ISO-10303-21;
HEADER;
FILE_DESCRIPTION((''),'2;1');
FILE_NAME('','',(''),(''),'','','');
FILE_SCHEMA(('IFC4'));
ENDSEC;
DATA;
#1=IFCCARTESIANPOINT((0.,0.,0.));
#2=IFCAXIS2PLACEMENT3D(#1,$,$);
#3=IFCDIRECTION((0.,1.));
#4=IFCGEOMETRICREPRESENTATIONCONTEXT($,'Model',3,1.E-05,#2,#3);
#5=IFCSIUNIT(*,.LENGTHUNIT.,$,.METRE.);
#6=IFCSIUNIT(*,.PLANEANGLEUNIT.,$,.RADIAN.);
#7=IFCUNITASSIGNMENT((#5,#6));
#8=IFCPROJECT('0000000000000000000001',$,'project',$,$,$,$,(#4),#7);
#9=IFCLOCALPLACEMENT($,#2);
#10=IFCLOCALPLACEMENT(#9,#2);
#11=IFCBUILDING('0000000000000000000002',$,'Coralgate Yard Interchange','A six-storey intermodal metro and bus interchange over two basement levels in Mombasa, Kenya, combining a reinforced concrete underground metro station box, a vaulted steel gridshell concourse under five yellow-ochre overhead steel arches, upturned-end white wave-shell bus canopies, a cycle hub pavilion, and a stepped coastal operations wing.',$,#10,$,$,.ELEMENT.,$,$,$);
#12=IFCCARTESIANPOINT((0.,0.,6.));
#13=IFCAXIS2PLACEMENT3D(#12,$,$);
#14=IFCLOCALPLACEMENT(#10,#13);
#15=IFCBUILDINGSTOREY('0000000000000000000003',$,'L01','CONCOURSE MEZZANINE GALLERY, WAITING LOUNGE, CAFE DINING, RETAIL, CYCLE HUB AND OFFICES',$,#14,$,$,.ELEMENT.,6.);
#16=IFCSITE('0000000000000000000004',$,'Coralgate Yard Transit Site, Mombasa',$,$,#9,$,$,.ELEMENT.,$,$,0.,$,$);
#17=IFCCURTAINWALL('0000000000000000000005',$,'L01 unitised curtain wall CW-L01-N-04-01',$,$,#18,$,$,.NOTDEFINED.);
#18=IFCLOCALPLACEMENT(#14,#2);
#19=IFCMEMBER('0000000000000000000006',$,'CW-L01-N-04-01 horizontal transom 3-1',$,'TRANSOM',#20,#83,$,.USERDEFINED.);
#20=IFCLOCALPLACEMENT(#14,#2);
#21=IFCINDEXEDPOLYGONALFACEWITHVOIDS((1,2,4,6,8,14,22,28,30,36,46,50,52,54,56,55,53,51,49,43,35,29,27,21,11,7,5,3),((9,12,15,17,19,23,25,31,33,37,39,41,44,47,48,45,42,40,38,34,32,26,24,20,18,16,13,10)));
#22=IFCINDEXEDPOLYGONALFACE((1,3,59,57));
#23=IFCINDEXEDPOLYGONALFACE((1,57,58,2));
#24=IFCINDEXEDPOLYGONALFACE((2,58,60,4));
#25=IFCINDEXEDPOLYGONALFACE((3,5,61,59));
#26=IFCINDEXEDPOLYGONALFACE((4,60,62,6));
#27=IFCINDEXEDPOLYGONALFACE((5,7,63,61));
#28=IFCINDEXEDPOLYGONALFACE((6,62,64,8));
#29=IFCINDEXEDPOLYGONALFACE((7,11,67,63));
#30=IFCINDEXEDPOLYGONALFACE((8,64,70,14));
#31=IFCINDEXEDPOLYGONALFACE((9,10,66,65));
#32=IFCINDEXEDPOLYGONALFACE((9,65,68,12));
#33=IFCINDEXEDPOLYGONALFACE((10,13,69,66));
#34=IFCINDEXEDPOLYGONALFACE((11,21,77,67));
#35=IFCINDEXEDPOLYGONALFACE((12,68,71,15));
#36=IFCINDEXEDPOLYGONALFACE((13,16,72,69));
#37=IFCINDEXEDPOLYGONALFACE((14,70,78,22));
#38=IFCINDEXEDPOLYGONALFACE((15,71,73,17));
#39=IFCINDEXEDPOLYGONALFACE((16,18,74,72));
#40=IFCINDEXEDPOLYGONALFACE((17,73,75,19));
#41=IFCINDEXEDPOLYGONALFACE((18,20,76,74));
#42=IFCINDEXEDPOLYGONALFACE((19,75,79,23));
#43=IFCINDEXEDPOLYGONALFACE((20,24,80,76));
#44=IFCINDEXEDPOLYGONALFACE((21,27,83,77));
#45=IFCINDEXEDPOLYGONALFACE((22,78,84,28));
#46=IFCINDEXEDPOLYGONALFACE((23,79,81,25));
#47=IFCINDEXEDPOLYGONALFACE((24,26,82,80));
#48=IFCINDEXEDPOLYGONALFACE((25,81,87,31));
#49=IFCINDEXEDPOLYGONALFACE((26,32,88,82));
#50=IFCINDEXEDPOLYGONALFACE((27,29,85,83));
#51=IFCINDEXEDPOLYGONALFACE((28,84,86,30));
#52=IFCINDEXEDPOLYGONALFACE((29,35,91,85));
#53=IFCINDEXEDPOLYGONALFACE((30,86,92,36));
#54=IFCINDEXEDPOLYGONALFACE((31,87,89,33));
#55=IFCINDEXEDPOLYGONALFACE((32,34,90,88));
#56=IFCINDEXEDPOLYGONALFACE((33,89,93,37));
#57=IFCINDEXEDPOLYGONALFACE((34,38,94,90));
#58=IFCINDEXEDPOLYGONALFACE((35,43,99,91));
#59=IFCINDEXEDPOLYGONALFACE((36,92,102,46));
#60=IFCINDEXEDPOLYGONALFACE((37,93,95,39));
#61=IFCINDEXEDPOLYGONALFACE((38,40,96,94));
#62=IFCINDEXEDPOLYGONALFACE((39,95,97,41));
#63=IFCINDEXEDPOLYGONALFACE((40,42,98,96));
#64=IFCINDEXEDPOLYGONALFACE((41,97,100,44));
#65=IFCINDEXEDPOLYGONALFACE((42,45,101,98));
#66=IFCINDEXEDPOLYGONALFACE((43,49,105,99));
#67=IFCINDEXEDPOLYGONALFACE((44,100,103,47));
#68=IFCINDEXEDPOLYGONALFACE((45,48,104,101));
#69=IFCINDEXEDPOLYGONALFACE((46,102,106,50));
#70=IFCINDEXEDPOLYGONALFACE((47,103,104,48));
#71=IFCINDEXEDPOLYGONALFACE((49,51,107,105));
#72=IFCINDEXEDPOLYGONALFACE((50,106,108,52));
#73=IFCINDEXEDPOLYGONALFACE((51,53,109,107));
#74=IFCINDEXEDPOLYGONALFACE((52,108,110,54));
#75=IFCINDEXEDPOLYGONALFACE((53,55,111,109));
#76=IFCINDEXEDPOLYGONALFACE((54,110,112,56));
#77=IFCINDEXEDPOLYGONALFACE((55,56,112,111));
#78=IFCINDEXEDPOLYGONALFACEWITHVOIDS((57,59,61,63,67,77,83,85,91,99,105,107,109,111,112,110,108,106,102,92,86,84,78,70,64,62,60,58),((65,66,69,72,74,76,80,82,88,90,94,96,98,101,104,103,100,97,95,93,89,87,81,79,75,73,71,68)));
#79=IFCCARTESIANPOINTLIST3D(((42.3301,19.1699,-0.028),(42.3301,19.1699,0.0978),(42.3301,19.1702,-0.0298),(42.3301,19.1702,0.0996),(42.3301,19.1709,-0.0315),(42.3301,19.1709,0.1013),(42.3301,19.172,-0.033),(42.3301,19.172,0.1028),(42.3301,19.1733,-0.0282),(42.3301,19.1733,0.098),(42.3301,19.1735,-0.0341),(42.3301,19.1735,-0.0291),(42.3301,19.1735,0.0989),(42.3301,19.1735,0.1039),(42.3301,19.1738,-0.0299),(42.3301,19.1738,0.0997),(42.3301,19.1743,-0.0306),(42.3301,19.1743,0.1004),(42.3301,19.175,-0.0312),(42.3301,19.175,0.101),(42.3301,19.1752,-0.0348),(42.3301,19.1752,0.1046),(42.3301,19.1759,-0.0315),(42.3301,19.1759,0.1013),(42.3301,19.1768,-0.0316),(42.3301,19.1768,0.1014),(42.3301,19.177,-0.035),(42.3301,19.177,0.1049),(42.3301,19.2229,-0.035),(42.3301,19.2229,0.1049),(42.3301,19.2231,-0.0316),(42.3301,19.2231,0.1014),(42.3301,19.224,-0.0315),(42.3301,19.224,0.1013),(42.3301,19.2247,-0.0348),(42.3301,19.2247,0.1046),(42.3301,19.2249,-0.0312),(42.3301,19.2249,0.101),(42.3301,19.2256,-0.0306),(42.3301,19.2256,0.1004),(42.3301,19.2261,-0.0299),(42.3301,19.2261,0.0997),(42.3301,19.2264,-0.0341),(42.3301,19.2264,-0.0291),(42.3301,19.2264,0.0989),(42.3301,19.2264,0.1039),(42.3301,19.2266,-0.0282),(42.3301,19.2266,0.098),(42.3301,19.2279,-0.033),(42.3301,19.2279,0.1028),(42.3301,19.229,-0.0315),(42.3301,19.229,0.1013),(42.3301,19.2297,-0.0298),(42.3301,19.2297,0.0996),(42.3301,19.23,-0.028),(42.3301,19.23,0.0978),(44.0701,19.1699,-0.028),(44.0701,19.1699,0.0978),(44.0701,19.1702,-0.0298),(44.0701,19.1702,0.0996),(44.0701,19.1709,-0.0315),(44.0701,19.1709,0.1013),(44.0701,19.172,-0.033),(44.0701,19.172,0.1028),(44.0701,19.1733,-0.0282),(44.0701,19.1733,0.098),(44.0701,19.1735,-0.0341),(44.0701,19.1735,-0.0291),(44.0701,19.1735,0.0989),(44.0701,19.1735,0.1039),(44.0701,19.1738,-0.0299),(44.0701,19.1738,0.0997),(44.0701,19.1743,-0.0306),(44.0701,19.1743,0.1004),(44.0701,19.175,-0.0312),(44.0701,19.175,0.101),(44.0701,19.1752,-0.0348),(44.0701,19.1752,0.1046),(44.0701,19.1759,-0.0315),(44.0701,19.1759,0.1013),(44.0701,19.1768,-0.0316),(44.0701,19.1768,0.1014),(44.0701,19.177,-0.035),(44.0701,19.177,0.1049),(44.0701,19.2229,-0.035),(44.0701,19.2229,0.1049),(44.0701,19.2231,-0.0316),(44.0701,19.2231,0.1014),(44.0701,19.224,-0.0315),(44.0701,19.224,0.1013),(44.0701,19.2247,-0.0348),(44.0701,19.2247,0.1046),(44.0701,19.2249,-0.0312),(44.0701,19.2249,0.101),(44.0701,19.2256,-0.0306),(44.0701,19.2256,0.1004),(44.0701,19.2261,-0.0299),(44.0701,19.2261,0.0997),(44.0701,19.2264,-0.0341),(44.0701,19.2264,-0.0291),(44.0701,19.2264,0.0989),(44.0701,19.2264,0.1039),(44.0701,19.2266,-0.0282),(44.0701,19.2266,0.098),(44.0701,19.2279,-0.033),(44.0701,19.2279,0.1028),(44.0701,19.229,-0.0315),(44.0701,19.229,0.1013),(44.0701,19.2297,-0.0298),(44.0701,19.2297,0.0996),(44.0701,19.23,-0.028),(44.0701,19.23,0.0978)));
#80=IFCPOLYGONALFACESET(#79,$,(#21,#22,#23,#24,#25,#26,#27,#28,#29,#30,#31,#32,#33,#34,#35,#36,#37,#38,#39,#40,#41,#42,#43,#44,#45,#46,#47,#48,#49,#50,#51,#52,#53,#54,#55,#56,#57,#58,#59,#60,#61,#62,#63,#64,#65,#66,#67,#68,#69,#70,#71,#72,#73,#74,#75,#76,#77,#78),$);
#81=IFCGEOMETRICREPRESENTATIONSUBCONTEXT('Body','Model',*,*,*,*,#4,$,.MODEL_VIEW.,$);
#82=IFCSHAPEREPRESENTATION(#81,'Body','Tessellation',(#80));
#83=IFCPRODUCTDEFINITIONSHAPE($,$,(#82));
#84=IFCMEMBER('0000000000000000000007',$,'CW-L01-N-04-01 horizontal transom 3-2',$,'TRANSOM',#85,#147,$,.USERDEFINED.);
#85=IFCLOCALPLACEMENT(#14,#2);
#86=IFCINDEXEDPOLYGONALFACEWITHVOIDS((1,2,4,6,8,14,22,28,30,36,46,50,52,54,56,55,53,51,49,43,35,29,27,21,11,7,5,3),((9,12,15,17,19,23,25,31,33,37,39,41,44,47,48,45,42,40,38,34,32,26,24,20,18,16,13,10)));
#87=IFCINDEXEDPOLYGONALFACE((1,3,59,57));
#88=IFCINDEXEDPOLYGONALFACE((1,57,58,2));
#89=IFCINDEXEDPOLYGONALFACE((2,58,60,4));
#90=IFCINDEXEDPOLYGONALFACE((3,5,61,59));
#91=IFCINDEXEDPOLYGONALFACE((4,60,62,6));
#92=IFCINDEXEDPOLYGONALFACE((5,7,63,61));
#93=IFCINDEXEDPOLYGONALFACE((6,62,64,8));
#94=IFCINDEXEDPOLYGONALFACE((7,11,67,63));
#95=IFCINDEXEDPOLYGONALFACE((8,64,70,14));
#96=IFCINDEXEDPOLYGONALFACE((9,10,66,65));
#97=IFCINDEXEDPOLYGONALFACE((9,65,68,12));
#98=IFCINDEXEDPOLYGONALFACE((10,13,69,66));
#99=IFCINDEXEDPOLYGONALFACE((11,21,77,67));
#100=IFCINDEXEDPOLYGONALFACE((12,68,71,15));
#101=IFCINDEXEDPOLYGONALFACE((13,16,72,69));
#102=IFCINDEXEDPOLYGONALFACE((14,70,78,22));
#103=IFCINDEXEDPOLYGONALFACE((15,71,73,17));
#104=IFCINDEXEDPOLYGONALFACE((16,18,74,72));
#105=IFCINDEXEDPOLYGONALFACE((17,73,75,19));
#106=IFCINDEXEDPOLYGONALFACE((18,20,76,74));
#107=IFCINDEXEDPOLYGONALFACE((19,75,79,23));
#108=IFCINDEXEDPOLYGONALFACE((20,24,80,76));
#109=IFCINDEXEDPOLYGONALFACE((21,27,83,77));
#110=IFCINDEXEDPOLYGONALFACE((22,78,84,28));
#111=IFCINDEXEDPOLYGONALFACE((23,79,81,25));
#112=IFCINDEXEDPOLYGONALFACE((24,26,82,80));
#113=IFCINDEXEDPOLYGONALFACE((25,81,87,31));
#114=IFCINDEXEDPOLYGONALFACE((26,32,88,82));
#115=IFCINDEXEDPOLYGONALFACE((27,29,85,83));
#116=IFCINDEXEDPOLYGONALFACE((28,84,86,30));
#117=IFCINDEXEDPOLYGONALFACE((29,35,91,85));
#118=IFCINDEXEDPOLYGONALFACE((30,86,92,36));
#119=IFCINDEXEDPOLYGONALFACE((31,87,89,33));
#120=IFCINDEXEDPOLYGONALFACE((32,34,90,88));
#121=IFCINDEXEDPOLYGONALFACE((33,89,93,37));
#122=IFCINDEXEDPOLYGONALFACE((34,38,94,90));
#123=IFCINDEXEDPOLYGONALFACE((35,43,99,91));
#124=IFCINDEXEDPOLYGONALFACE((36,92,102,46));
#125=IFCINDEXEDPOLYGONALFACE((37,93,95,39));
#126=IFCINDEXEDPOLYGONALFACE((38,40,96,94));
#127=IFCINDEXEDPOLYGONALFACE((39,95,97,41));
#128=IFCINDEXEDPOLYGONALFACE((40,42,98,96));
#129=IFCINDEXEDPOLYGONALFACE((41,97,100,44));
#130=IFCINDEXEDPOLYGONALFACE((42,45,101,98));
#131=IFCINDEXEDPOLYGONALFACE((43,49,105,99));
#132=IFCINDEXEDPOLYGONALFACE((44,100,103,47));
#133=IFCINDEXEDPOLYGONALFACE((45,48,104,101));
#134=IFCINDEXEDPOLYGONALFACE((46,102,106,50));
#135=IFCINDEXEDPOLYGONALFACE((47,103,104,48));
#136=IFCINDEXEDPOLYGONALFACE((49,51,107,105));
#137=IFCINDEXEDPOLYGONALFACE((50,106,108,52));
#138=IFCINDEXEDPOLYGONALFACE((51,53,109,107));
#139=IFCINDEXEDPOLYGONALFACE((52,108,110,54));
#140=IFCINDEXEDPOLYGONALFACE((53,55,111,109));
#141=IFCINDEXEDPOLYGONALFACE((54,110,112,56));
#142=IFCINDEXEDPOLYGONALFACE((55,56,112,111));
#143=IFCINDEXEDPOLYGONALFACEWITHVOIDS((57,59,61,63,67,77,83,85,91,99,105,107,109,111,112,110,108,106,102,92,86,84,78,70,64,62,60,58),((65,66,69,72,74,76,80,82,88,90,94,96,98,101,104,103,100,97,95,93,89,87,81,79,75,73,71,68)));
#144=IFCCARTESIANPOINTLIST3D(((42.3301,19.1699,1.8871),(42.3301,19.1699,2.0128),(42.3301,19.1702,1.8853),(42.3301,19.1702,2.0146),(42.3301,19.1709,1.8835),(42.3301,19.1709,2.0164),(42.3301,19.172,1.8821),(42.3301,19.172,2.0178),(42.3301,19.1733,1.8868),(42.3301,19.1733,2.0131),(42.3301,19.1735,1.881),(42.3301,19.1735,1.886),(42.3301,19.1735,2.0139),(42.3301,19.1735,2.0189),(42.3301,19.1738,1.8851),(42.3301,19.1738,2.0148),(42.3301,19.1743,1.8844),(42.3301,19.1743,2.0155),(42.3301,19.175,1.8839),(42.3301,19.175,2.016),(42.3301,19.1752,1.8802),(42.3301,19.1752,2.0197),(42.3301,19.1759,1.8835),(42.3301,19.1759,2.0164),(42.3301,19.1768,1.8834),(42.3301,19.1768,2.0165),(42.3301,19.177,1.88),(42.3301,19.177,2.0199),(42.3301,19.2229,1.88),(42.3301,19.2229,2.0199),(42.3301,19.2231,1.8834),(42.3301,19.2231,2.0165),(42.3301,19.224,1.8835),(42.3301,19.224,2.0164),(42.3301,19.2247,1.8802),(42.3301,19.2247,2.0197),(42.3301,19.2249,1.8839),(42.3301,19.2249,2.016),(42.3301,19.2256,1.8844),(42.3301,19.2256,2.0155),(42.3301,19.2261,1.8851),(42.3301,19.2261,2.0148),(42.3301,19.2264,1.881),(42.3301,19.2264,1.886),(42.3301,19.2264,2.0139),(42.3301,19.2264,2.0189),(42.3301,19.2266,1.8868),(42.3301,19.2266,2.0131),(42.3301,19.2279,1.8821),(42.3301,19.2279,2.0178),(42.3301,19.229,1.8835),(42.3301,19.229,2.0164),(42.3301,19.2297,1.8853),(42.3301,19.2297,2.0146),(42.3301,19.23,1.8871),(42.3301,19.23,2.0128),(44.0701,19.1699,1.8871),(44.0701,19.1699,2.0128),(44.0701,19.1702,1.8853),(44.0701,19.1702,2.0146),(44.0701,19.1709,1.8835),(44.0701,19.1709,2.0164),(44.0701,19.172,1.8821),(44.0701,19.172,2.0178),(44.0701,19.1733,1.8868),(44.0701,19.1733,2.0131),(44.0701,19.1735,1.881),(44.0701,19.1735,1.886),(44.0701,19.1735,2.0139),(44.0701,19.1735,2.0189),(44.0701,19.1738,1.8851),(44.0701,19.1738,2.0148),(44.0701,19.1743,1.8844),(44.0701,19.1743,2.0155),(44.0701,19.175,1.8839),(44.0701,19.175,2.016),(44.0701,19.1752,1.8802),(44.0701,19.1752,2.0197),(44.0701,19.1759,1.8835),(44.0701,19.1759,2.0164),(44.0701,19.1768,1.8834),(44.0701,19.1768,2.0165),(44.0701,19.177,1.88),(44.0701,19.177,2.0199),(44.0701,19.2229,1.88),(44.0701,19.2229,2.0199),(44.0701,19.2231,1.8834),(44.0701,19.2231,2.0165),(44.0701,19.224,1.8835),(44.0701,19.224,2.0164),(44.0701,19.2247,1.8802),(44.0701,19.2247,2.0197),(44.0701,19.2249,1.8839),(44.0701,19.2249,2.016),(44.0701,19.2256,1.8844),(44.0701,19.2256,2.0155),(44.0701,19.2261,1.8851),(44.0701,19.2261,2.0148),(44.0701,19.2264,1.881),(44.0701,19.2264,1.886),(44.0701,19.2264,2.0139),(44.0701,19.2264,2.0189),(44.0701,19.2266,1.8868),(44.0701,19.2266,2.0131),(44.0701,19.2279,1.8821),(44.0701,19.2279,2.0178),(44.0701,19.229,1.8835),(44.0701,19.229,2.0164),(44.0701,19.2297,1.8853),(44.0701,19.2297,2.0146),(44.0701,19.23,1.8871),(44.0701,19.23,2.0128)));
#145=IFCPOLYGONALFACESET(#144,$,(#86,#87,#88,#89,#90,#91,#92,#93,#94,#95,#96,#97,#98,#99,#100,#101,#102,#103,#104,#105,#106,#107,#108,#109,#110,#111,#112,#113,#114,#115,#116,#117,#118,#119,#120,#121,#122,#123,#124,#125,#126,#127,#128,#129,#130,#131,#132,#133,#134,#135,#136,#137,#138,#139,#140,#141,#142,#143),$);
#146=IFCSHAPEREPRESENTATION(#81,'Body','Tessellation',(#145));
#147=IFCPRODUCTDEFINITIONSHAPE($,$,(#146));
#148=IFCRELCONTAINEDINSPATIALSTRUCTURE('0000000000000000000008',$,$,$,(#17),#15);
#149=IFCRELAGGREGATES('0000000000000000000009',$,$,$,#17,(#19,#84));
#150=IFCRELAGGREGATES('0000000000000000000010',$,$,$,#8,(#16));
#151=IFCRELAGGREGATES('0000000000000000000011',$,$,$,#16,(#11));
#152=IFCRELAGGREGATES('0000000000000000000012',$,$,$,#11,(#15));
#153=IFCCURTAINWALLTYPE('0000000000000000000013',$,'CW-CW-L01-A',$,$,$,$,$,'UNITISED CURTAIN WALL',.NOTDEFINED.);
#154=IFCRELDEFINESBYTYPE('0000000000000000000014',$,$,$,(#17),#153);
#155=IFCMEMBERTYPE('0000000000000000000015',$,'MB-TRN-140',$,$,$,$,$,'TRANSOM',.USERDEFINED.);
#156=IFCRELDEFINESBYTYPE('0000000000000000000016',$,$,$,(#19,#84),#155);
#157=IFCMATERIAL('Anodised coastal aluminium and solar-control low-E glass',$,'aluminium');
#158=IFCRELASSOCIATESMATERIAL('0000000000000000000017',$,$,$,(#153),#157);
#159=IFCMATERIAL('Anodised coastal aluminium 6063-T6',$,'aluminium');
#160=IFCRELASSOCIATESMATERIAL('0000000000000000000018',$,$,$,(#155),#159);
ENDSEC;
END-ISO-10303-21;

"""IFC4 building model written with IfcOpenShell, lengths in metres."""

from ifc_helpers import new_model, si_unit, direction, frame, origin, origin_2d, place, context, subcontext, project, spatial, hollow_rectangle, extrude, material, material_profile, profile_set, type_object, element, aggregate, save


model = new_model("IFC4")

# Units and contexts
model_context = context("Model", 3, precision=1e-05, world=origin(), true_north=direction((0.0, 1.0)))
body_context = subcontext(model_context, "Body", "Model", "MODEL_VIEW")
ifc_project = project(units=[si_unit("LENGTHUNIT", "METRE"), si_unit("PLANEANGLEUNIT", "RADIAN")], contexts=[model_context])

# Site, building, storey
site_placement = place(None, origin())
site = spatial("IfcSite", under=ifc_project, at=site_placement, Name="Coralgate Yard Transit Site, Mombasa", CompositionType="ELEMENT", RefElevation=0.0)
building_placement = place(site_placement, origin())
building = spatial("IfcBuilding", under=site, at=building_placement, Name="Coralgate Yard Interchange", Description="A six-storey intermodal metro and bus interchange over two basement levels in Mombasa, Kenya, combining a reinforced concrete underground metro station box, a vaulted steel gridshell concourse under five yellow-ochre overhead steel arches, upturned-end white wave-shell bus canopies, a cycle hub pavilion, and a stepped coastal operations wing.", CompositionType="ELEMENT")
storey_placement = place(building_placement, frame((0.0, 0.0, 6.0)))
storey = spatial("IfcBuildingStorey", under=building, at=storey_placement, Name="L01", Description="CONCOURSE MEZZANINE GALLERY, WAITING LOUNGE, CAFE DINING, RETAIL, CYCLE HUB AND OFFICES", CompositionType="ELEMENT", Elevation=6.0)

# Curtain wall, members
ifc_material_1 = material(Name="Anodised coastal aluminium and solar-control low-E glass", Category="aluminium")
curtain_wall_type = type_object("IfcCurtainWallType", Name="CW-CW-L01-A", ElementType="UNITISED CURTAIN WALL", PredefinedType="NOTDEFINED", material=ifc_material_1)
curtain_wall_placement = place(storey_placement, origin())
curtain_wall = element("IfcCurtainWall", 1, at=curtain_wall_placement, inside=storey, type_object=curtain_wall_type, Name="L01 unitised curtain wall CW-L01-N-04-01", PredefinedType="NOTDEFINED")
ifc_material_2 = material(Name="Anodised coastal aluminium 6063-T6", Category="aluminium")
ifc_material_profile_1 = material_profile(ifc_material_2, hollow_rectangle(XDim=0.0601, YDim=0.1399, WallThickness=0.0034, InnerFilletRadius=0.0034, OuterFilletRadius=0.0071, at=origin_2d()), Name="ALU 60x140x3.5")
ifc_profile_set_1 = profile_set([ifc_material_profile_1], Name="Anodised coastal aluminium 6063-T6")
member_type_1 = type_object("IfcMemberType", Name="MB-TRN-140", ElementType="TRANSOM", PredefinedType="USERDEFINED", material=ifc_profile_set_1)
member_1_placement = place(storey_placement, frame((42.3301, 19.2, 0.0349), z_axis=(1.0, 0.0, 0.0), x_axis=(0.0, 1.0, 0.0)))
member_1 = element("IfcMember", 2, at=member_1_placement, type_object=member_type_1, Name="CW-L01-N-04-01 horizontal transom 3-1", ObjectType="TRANSOM", PredefinedType="USERDEFINED", context=body_context, shape_type="SweptSolid", body=[
    extrude(hollow_rectangle(XDim=0.0601, YDim=0.1399, WallThickness=0.0034, InnerFilletRadius=0.0034, OuterFilletRadius=0.0071, at=origin_2d()), origin(), (0.0, 0.0, 1.0), 1.74),
])
member_2_placement = place(storey_placement, frame((42.3301, 19.2, 1.95), z_axis=(1.0, 0.0, 0.0), x_axis=(0.0, 1.0, 0.0)))
member_2 = element("IfcMember", 3, at=member_2_placement, type_object=member_type_1, Name="CW-L01-N-04-01 horizontal transom 3-2", ObjectType="TRANSOM", PredefinedType="USERDEFINED", context=body_context, shape_type="SweptSolid", body=[
    extrude(hollow_rectangle(XDim=0.0601, YDim=0.1399, WallThickness=0.0034, InnerFilletRadius=0.0034, OuterFilletRadius=0.0071, at=origin_2d()), origin(), (0.0, 0.0, 1.0), 1.74),
])
aggregate(curtain_wall, [member_1, member_2])

save(model, "model.ifc")
